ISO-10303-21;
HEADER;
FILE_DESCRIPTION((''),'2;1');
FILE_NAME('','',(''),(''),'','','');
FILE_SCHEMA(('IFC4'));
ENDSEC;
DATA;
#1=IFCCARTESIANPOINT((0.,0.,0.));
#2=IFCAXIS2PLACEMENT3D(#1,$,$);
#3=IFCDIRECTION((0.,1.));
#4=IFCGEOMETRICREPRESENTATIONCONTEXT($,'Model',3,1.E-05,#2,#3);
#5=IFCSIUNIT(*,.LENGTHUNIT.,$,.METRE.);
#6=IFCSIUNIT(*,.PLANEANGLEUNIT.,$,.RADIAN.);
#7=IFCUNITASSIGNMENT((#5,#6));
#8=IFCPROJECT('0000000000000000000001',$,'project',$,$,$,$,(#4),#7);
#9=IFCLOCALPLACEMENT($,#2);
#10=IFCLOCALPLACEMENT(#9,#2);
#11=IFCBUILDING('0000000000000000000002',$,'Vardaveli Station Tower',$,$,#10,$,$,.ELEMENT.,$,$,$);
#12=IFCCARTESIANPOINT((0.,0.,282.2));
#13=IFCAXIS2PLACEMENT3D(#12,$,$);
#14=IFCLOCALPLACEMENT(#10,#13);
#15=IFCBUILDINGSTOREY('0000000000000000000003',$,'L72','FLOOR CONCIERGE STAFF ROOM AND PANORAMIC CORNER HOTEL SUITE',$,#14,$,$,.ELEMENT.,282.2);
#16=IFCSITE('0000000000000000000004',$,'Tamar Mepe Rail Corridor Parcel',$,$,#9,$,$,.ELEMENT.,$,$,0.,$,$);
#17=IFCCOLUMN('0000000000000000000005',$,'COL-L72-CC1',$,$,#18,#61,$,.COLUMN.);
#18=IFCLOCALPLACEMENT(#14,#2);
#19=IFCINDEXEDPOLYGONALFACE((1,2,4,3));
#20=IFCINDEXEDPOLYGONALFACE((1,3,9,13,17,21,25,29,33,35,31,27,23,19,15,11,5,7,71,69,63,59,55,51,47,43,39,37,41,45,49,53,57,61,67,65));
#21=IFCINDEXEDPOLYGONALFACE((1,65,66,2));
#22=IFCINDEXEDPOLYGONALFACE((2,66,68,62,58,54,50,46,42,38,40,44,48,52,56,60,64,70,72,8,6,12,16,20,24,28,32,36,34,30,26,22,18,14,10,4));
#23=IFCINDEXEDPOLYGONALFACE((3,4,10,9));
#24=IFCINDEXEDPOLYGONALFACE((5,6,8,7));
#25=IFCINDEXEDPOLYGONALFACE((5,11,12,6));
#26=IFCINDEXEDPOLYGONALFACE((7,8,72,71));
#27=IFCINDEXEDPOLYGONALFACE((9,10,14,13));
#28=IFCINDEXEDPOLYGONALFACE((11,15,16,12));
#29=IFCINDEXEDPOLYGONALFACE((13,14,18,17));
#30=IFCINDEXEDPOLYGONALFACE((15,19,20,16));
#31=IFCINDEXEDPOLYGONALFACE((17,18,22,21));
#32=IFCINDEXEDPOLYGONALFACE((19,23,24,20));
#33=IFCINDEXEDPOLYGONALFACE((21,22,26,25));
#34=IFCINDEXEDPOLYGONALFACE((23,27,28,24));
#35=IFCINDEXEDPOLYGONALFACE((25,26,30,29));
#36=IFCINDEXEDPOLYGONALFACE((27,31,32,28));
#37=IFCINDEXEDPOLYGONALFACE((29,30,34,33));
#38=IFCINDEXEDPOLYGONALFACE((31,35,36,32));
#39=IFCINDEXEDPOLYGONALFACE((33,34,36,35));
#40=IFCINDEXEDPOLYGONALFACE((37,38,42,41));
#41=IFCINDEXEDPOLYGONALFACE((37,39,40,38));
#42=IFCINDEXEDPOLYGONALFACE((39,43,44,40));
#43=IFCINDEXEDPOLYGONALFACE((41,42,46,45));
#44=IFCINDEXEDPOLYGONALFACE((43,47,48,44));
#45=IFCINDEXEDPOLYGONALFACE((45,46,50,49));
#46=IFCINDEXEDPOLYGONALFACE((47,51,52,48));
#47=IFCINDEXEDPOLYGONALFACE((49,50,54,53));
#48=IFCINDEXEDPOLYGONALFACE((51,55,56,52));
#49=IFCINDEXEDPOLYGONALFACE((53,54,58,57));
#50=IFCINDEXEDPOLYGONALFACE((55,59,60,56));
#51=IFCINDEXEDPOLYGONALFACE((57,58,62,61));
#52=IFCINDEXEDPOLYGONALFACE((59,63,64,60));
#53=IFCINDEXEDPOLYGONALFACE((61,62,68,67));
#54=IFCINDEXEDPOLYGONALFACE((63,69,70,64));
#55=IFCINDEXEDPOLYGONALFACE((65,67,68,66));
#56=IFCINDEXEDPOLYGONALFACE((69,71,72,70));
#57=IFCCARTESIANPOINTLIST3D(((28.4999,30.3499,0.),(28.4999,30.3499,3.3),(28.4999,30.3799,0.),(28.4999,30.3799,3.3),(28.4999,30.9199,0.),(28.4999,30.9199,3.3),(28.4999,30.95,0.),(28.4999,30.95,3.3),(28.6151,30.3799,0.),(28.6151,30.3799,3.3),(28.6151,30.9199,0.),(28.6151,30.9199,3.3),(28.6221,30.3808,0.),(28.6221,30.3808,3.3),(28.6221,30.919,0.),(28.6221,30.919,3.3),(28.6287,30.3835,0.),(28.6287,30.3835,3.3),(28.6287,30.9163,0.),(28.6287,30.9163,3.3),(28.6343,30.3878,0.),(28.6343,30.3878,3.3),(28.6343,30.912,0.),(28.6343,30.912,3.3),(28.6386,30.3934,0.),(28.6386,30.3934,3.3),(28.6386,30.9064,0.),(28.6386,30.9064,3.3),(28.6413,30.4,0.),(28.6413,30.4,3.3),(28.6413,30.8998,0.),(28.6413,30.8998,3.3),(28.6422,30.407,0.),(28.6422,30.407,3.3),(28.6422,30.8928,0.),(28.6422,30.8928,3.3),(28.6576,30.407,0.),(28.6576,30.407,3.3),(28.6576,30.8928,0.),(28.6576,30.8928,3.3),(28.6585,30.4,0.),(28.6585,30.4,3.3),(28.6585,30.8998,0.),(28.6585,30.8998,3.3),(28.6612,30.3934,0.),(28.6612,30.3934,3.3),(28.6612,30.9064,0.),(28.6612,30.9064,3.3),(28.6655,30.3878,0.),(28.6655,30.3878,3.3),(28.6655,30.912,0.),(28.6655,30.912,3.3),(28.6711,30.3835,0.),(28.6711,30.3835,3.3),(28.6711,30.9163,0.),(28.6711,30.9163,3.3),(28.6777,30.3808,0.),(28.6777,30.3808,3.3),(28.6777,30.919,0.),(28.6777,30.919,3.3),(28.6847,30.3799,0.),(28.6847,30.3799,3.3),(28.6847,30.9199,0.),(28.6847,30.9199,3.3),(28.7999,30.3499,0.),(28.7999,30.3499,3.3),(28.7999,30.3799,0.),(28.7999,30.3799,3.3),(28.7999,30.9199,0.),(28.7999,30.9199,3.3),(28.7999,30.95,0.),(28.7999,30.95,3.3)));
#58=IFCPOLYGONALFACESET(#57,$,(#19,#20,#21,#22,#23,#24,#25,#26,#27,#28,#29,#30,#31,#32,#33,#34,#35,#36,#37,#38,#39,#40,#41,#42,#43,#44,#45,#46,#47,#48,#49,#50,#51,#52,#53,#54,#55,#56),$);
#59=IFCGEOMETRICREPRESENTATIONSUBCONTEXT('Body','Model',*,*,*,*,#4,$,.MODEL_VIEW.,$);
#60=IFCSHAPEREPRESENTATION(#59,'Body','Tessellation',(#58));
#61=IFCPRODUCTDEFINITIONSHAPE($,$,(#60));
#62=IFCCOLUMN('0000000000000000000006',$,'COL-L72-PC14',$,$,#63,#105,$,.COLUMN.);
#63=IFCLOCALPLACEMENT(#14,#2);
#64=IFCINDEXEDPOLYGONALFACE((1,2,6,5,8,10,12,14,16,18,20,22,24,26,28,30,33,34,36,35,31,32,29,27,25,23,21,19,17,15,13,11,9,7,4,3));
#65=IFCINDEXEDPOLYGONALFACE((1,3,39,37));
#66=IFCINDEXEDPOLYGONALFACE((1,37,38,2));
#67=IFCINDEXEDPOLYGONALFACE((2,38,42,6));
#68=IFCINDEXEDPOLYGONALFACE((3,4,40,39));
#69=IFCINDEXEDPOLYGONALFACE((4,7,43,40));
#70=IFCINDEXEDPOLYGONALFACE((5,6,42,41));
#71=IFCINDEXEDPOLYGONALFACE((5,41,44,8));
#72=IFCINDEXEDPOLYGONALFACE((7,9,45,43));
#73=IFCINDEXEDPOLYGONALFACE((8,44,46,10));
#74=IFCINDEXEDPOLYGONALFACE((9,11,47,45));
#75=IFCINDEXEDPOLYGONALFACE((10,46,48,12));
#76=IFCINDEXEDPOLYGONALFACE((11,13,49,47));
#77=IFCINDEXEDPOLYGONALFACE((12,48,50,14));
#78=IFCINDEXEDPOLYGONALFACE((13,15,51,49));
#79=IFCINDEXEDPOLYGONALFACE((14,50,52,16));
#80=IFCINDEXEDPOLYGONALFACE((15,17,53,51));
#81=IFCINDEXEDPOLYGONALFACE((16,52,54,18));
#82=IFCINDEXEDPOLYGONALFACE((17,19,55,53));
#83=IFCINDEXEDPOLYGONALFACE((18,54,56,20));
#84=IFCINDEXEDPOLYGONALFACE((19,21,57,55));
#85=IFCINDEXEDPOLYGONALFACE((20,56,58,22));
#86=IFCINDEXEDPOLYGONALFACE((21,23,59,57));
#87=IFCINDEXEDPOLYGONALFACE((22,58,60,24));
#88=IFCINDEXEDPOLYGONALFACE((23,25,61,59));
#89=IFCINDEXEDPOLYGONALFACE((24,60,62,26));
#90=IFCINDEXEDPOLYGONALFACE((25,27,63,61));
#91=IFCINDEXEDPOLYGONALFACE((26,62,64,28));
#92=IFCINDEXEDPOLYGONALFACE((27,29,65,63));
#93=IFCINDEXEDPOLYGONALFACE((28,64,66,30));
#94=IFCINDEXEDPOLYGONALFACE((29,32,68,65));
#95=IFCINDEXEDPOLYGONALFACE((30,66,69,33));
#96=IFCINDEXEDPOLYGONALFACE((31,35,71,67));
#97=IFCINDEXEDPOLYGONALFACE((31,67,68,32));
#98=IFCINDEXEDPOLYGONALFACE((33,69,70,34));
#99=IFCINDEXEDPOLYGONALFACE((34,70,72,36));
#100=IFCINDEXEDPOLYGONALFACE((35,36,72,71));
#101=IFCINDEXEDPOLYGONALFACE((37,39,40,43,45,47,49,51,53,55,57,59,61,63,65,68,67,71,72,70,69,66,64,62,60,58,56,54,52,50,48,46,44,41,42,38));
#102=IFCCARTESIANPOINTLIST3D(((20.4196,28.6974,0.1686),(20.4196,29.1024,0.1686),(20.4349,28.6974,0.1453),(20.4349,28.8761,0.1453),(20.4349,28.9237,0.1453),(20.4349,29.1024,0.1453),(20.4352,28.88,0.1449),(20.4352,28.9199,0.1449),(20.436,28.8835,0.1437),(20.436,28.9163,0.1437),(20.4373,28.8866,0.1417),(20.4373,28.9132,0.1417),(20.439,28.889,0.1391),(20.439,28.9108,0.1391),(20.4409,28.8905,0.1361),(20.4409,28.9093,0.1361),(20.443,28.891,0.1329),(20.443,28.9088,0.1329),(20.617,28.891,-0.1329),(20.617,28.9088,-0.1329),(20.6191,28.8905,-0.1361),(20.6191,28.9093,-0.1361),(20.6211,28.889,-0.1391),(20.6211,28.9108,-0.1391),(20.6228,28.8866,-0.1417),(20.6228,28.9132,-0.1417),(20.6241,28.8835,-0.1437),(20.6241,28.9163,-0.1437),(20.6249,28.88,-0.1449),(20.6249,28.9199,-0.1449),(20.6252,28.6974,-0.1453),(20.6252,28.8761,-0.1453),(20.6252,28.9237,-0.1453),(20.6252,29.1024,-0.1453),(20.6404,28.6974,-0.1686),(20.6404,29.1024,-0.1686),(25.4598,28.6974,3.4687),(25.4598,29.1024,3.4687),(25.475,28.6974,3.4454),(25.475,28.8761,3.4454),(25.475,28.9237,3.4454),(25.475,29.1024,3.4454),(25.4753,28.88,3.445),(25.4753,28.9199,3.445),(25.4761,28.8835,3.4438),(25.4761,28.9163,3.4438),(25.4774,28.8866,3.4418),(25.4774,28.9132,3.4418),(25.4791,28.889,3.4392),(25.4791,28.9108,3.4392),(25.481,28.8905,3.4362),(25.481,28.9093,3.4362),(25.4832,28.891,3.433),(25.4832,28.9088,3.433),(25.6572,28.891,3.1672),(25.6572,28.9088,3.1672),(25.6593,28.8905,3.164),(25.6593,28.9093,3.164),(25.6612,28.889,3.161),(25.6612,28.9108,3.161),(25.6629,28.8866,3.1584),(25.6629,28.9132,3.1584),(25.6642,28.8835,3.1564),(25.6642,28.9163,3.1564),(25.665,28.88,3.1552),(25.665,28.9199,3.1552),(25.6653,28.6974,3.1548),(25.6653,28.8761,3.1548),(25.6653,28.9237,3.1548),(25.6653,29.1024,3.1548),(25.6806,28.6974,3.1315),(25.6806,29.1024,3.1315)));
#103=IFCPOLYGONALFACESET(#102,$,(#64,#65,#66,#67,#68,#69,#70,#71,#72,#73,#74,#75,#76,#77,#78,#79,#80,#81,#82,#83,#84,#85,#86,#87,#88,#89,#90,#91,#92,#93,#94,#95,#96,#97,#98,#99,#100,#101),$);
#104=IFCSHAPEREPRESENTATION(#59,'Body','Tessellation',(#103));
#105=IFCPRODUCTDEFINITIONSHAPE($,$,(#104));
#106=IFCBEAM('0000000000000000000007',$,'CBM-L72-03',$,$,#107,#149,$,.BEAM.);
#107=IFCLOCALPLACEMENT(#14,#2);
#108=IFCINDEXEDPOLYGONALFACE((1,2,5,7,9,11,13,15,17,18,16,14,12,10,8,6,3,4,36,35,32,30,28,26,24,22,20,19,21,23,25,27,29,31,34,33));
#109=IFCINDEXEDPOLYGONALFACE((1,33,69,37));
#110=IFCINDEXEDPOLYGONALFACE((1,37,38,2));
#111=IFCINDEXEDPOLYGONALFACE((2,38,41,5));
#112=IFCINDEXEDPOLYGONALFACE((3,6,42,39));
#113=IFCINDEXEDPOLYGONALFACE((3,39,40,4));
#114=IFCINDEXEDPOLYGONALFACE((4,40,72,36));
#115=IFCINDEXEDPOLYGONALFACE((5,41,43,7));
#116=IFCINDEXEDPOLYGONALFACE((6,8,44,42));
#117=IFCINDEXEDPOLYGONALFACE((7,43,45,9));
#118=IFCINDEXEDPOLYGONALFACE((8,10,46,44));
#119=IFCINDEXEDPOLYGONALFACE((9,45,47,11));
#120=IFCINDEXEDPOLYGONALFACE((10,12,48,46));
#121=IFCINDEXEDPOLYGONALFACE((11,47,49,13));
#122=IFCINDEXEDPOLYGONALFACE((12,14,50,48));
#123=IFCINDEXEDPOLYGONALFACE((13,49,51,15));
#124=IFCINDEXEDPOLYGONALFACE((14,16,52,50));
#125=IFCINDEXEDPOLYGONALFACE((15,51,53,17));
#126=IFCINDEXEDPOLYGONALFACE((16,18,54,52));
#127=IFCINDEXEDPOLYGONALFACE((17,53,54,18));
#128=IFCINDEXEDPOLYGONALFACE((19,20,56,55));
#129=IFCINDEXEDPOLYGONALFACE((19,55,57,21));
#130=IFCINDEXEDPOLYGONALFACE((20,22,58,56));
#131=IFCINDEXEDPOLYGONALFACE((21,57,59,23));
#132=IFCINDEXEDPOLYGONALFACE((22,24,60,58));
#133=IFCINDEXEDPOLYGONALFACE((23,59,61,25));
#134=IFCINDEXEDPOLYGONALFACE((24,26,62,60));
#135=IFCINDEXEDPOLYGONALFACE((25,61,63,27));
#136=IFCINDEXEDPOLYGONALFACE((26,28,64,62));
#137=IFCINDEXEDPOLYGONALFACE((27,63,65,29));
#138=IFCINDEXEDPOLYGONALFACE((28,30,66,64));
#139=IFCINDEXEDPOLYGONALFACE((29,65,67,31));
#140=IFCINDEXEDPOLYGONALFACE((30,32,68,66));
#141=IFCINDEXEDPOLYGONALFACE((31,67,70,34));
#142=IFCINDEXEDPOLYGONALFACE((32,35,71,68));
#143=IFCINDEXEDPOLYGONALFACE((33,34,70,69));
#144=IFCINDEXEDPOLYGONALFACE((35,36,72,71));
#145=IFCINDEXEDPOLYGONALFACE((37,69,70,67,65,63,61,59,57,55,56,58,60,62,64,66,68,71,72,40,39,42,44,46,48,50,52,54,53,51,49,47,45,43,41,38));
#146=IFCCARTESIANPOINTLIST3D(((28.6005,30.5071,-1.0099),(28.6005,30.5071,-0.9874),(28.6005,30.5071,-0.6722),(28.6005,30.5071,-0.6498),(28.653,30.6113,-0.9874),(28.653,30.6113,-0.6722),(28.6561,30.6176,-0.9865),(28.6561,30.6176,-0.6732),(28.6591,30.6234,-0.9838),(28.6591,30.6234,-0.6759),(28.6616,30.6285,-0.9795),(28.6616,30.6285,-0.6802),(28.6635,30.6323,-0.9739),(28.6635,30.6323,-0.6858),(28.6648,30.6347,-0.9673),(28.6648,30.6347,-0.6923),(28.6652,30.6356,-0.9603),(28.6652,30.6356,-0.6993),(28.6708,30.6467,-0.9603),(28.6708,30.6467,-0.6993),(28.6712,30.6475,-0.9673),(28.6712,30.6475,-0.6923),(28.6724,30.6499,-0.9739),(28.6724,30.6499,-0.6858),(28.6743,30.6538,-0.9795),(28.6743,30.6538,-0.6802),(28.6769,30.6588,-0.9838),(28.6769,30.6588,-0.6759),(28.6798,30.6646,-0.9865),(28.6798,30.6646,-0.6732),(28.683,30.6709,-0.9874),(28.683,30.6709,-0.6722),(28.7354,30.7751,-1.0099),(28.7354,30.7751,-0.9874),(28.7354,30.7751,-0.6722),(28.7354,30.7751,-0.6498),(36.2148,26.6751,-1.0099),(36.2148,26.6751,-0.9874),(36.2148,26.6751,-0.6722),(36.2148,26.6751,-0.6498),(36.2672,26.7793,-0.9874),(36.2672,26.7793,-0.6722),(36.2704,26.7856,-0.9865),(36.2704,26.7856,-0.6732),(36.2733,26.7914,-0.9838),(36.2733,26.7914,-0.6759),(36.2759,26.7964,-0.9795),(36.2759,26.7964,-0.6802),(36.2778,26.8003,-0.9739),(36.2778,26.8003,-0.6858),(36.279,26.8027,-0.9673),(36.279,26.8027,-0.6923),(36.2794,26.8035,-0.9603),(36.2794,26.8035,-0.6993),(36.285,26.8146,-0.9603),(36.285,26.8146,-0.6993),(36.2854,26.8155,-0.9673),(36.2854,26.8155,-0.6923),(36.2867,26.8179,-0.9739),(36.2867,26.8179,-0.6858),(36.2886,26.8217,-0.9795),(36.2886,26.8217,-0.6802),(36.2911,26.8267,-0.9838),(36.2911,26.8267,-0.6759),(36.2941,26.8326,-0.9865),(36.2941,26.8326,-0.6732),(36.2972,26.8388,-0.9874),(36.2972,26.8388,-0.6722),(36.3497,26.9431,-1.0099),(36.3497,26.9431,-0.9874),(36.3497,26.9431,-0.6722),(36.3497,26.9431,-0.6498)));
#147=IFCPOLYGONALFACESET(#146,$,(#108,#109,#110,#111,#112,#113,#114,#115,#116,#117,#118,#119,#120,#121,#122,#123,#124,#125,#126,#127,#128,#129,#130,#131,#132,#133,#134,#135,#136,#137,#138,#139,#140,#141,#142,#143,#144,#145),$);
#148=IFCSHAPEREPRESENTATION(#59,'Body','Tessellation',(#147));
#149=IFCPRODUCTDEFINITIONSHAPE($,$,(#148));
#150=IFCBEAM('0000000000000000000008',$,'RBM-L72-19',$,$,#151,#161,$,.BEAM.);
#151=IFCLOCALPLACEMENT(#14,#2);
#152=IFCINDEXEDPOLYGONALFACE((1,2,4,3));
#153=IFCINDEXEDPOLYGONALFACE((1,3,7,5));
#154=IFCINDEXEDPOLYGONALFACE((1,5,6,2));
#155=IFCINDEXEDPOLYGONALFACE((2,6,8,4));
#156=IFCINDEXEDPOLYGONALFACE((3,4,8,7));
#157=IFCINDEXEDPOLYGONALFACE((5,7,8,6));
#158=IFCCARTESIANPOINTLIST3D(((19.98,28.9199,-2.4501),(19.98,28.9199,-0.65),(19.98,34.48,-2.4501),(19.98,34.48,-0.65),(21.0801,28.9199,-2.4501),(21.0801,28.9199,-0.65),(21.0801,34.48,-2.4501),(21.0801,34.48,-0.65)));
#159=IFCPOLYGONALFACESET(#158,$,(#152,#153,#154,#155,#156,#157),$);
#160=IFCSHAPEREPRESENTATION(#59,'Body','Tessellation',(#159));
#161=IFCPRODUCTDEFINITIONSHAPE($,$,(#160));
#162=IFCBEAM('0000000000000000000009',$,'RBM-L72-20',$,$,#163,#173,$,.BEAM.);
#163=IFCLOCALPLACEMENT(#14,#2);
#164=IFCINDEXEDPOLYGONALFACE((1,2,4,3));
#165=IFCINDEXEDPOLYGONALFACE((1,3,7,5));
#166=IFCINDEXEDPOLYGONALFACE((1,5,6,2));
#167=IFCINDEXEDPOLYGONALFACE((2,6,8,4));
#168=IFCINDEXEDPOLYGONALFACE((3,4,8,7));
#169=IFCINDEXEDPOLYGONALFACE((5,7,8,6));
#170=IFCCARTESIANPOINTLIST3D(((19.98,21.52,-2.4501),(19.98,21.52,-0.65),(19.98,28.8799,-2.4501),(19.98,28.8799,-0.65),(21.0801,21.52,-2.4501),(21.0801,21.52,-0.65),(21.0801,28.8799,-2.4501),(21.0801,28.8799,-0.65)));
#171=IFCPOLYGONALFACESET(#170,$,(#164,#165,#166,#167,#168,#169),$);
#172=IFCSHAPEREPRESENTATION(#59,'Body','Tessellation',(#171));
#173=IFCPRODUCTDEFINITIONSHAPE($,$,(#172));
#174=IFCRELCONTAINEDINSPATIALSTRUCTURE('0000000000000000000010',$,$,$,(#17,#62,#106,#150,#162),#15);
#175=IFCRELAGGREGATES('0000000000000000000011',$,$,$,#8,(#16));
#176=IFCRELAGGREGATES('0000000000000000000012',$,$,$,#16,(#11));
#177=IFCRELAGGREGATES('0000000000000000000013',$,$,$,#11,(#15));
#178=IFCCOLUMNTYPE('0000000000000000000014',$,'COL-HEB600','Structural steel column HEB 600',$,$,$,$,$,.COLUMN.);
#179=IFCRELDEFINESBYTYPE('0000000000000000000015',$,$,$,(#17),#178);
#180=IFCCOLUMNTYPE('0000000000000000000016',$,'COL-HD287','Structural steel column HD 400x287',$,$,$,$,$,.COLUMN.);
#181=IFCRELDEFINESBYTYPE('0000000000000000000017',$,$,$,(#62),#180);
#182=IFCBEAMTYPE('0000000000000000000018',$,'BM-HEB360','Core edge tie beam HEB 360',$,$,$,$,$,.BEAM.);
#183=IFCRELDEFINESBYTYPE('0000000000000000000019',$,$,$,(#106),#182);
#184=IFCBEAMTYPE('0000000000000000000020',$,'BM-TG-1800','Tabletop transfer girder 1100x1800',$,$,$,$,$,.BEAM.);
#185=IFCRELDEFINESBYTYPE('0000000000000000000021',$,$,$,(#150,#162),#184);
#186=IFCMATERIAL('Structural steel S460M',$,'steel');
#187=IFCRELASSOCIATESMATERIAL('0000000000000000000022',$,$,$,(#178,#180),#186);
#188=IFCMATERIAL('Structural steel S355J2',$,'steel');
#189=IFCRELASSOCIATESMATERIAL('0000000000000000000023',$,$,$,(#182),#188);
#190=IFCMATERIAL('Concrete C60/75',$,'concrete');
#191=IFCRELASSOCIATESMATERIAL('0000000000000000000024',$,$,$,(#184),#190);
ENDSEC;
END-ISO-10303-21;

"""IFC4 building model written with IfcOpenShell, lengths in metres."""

from ifc_helpers import new_model, si_unit, direction, frame, origin, origin_2d, place, context, subcontext, project, spatial, rectangle, i_section, extrude, source, transform, mapped, material, material_profile, profile_set, type_object, element, save


model = new_model("IFC4")

# Units and contexts
model_context = context("Model", 3, precision=1e-05, world=origin(), true_north=direction((0.0, 1.0)))
body_context = subcontext(model_context, "Body", "Model", "MODEL_VIEW")
ifc_project = project(units=[si_unit("LENGTHUNIT", "METRE"), si_unit("PLANEANGLEUNIT", "RADIAN")], contexts=[model_context])

# Site, building, storey
site_placement = place(None, origin())
site = spatial("IfcSite", under=ifc_project, at=site_placement, Name="Tamar Mepe Rail Corridor Parcel", CompositionType="ELEMENT", RefElevation=0.0)
building_placement = place(site_placement, origin())
building = spatial("IfcBuilding", under=site, at=building_placement, Name="Vardaveli Station Tower", CompositionType="ELEMENT")
storey_placement = place(building_placement, frame((0.0, 0.0, 282.2)))
storey = spatial("IfcBuildingStorey", under=building, at=storey_placement, Name="L72", Description="FLOOR CONCIERGE STAFF ROOM AND PANORAMIC CORNER HOTEL SUITE", CompositionType="ELEMENT", Elevation=282.2)

# Columns
ifc_material_1 = material(Name="Structural steel S460M", Category="steel")
ifc_material_profile_1 = material_profile(ifc_material_1, i_section(OverallWidth=0.3, OverallDepth=0.6001, WebThickness=0.0154, FlangeThickness=0.03, FilletRadius=0.0271, at=origin_2d()), Name="HEB 600")
ifc_profile_set_1 = profile_set([ifc_material_profile_1], Name="Structural steel S460M")
column_type_1 = type_object("IfcColumnType", Name="COL-HEB600", Description="Structural steel column HEB 600", PredefinedType="COLUMN", material=ifc_profile_set_1)
shared_shape_1 = source(origin(), body_context, "Body", "SweptSolid", [
    extrude(i_section(OverallWidth=0.3, OverallDepth=0.6001, WebThickness=0.0154, FlangeThickness=0.03, FilletRadius=0.0271, at=origin_2d()), origin(), (0.0, 0.0, 1.0), 3.3),
])
column_1_placement = place(storey_placement, frame((28.6499, 30.6499, 0.0), z_axis=(0.0, 0.0, 1.0), x_axis=(1.0, 0.0, 0.0)))
element("IfcColumn", 1, at=column_1_placement, inside=storey, type_object=column_type_1, Name="COL-L72-CC1", PredefinedType="COLUMN", context=body_context, shape_type="MappedRepresentation", body=[
    mapped(shared_shape_1, transform((0.0, 0.0, 0.0), scale=1.0)),
])
ifc_material_profile_2 = material_profile(ifc_material_1, i_section(OverallWidth=0.405, OverallDepth=0.4031, WebThickness=0.0178, FlangeThickness=0.0278, FilletRadius=0.0149, at=origin_2d()), Name="HD 400x287")
ifc_profile_set_2 = profile_set([ifc_material_profile_2], Name="Structural steel S460M")
column_type_2 = type_object("IfcColumnType", Name="COL-HD287", Description="Structural steel column HD 400x287", PredefinedType="COLUMN", material=ifc_profile_set_2)
shared_shape_2 = source(origin(), body_context, "Body", "SweptSolid", [
    extrude(i_section(OverallWidth=0.405, OverallDepth=0.4031, WebThickness=0.0178, FlangeThickness=0.0278, FilletRadius=0.0149, at=origin_2d()), origin(), (0.0, 0.0, 1.0), 6.0244),
])
column_2_placement = place(storey_placement, frame((20.53, 28.8999, 0.0), z_axis=(0.836617, 0.0, 0.547789), x_axis=(0.0, 1.0, 0.0)))
element("IfcColumn", 2, at=column_2_placement, inside=storey, type_object=column_type_2, Name="COL-L72-PC14", PredefinedType="COLUMN", context=body_context, shape_type="MappedRepresentation", body=[
    mapped(shared_shape_2, transform((0.0, 0.0, 0.0), scale=1.0)),
])

# Beams
ifc_material_2 = material(Name="Structural steel S355J2", Category="steel")
ifc_material_profile_3 = material_profile(ifc_material_2, i_section(OverallWidth=0.3, OverallDepth=0.3601, WebThickness=0.0125, FlangeThickness=0.0225, FilletRadius=0.0271, at=origin_2d()), Name="HEB 360")
ifc_profile_set_3 = profile_set([ifc_material_profile_3], Name="Structural steel S355J2")
beam_type_1 = type_object("IfcBeamType", Name="BM-HEB360", Description="Core edge tie beam HEB 360", PredefinedType="BEAM", material=ifc_profile_set_3)
shared_shape_3 = source(origin(), body_context, "Body", "SweptSolid", [
    extrude(i_section(OverallWidth=0.3, OverallDepth=0.3601, WebThickness=0.0125, FlangeThickness=0.0225, FilletRadius=0.0271, at=origin_2d()), origin(), (0.0, 0.0, 1.0), 8.5242),
])
beam_1_placement = place(storey_placement, frame((28.668, 30.6411, -0.8298), z_axis=(0.893256, -0.449549, 0.0), x_axis=(0.449549, 0.893256, 0.0)))
element("IfcBeam", 3, at=beam_1_placement, inside=storey, type_object=beam_type_1, Name="CBM-L72-03", PredefinedType="BEAM", context=body_context, shape_type="MappedRepresentation", body=[
    mapped(shared_shape_3, transform((0.0, 0.0, 0.0), scale=1.0)),
])
ifc_material_3 = material(Name="Concrete C60/75", Category="concrete")
ifc_material_profile_4 = material_profile(ifc_material_3, rectangle(XDim=1.1001, YDim=1.8, at=origin_2d()), Name="TG 1100x1800")
ifc_profile_set_4 = profile_set([ifc_material_profile_4], Name="Concrete C60/75")
beam_type_2 = type_object("IfcBeamType", Name="BM-TG-1800", Description="Tabletop transfer girder 1100x1800", PredefinedType="BEAM", material=ifc_profile_set_4)
shared_shape_4 = source(origin(), body_context, "Body", "SweptSolid", [
    extrude(rectangle(XDim=1.1001, YDim=1.8, at=origin_2d()), origin(), (0.0, 0.0, 1.0), 5.5601),
])
beam_2_placement = place(storey_placement, frame((20.53, 34.48, -1.55), z_axis=(0.0, -1.0, 0.0), x_axis=(1.0, 0.0, 0.0)))
element("IfcBeam", 4, at=beam_2_placement, inside=storey, type_object=beam_type_2, Name="RBM-L72-19", PredefinedType="BEAM", context=body_context, shape_type="MappedRepresentation", body=[
    mapped(shared_shape_4, transform((0.0, 0.0, 0.0), scale=1.0)),
])
shared_shape_5 = source(origin(), body_context, "Body", "SweptSolid", [
    extrude(rectangle(XDim=1.1001, YDim=1.8, at=origin_2d()), origin(), (0.0, 0.0, 1.0), 7.3599),
])
beam_3_placement = place(storey_placement, frame((20.53, 28.8799, -1.55), z_axis=(0.0, -1.0, 0.0), x_axis=(1.0, 0.0, 0.0)))
element("IfcBeam", 5, at=beam_3_placement, inside=storey, type_object=beam_type_2, Name="RBM-L72-20", PredefinedType="BEAM", context=body_context, shape_type="MappedRepresentation", body=[
    mapped(shared_shape_5, transform((0.0, 0.0, 0.0), scale=1.0)),
])

save(model, "model.ifc")
